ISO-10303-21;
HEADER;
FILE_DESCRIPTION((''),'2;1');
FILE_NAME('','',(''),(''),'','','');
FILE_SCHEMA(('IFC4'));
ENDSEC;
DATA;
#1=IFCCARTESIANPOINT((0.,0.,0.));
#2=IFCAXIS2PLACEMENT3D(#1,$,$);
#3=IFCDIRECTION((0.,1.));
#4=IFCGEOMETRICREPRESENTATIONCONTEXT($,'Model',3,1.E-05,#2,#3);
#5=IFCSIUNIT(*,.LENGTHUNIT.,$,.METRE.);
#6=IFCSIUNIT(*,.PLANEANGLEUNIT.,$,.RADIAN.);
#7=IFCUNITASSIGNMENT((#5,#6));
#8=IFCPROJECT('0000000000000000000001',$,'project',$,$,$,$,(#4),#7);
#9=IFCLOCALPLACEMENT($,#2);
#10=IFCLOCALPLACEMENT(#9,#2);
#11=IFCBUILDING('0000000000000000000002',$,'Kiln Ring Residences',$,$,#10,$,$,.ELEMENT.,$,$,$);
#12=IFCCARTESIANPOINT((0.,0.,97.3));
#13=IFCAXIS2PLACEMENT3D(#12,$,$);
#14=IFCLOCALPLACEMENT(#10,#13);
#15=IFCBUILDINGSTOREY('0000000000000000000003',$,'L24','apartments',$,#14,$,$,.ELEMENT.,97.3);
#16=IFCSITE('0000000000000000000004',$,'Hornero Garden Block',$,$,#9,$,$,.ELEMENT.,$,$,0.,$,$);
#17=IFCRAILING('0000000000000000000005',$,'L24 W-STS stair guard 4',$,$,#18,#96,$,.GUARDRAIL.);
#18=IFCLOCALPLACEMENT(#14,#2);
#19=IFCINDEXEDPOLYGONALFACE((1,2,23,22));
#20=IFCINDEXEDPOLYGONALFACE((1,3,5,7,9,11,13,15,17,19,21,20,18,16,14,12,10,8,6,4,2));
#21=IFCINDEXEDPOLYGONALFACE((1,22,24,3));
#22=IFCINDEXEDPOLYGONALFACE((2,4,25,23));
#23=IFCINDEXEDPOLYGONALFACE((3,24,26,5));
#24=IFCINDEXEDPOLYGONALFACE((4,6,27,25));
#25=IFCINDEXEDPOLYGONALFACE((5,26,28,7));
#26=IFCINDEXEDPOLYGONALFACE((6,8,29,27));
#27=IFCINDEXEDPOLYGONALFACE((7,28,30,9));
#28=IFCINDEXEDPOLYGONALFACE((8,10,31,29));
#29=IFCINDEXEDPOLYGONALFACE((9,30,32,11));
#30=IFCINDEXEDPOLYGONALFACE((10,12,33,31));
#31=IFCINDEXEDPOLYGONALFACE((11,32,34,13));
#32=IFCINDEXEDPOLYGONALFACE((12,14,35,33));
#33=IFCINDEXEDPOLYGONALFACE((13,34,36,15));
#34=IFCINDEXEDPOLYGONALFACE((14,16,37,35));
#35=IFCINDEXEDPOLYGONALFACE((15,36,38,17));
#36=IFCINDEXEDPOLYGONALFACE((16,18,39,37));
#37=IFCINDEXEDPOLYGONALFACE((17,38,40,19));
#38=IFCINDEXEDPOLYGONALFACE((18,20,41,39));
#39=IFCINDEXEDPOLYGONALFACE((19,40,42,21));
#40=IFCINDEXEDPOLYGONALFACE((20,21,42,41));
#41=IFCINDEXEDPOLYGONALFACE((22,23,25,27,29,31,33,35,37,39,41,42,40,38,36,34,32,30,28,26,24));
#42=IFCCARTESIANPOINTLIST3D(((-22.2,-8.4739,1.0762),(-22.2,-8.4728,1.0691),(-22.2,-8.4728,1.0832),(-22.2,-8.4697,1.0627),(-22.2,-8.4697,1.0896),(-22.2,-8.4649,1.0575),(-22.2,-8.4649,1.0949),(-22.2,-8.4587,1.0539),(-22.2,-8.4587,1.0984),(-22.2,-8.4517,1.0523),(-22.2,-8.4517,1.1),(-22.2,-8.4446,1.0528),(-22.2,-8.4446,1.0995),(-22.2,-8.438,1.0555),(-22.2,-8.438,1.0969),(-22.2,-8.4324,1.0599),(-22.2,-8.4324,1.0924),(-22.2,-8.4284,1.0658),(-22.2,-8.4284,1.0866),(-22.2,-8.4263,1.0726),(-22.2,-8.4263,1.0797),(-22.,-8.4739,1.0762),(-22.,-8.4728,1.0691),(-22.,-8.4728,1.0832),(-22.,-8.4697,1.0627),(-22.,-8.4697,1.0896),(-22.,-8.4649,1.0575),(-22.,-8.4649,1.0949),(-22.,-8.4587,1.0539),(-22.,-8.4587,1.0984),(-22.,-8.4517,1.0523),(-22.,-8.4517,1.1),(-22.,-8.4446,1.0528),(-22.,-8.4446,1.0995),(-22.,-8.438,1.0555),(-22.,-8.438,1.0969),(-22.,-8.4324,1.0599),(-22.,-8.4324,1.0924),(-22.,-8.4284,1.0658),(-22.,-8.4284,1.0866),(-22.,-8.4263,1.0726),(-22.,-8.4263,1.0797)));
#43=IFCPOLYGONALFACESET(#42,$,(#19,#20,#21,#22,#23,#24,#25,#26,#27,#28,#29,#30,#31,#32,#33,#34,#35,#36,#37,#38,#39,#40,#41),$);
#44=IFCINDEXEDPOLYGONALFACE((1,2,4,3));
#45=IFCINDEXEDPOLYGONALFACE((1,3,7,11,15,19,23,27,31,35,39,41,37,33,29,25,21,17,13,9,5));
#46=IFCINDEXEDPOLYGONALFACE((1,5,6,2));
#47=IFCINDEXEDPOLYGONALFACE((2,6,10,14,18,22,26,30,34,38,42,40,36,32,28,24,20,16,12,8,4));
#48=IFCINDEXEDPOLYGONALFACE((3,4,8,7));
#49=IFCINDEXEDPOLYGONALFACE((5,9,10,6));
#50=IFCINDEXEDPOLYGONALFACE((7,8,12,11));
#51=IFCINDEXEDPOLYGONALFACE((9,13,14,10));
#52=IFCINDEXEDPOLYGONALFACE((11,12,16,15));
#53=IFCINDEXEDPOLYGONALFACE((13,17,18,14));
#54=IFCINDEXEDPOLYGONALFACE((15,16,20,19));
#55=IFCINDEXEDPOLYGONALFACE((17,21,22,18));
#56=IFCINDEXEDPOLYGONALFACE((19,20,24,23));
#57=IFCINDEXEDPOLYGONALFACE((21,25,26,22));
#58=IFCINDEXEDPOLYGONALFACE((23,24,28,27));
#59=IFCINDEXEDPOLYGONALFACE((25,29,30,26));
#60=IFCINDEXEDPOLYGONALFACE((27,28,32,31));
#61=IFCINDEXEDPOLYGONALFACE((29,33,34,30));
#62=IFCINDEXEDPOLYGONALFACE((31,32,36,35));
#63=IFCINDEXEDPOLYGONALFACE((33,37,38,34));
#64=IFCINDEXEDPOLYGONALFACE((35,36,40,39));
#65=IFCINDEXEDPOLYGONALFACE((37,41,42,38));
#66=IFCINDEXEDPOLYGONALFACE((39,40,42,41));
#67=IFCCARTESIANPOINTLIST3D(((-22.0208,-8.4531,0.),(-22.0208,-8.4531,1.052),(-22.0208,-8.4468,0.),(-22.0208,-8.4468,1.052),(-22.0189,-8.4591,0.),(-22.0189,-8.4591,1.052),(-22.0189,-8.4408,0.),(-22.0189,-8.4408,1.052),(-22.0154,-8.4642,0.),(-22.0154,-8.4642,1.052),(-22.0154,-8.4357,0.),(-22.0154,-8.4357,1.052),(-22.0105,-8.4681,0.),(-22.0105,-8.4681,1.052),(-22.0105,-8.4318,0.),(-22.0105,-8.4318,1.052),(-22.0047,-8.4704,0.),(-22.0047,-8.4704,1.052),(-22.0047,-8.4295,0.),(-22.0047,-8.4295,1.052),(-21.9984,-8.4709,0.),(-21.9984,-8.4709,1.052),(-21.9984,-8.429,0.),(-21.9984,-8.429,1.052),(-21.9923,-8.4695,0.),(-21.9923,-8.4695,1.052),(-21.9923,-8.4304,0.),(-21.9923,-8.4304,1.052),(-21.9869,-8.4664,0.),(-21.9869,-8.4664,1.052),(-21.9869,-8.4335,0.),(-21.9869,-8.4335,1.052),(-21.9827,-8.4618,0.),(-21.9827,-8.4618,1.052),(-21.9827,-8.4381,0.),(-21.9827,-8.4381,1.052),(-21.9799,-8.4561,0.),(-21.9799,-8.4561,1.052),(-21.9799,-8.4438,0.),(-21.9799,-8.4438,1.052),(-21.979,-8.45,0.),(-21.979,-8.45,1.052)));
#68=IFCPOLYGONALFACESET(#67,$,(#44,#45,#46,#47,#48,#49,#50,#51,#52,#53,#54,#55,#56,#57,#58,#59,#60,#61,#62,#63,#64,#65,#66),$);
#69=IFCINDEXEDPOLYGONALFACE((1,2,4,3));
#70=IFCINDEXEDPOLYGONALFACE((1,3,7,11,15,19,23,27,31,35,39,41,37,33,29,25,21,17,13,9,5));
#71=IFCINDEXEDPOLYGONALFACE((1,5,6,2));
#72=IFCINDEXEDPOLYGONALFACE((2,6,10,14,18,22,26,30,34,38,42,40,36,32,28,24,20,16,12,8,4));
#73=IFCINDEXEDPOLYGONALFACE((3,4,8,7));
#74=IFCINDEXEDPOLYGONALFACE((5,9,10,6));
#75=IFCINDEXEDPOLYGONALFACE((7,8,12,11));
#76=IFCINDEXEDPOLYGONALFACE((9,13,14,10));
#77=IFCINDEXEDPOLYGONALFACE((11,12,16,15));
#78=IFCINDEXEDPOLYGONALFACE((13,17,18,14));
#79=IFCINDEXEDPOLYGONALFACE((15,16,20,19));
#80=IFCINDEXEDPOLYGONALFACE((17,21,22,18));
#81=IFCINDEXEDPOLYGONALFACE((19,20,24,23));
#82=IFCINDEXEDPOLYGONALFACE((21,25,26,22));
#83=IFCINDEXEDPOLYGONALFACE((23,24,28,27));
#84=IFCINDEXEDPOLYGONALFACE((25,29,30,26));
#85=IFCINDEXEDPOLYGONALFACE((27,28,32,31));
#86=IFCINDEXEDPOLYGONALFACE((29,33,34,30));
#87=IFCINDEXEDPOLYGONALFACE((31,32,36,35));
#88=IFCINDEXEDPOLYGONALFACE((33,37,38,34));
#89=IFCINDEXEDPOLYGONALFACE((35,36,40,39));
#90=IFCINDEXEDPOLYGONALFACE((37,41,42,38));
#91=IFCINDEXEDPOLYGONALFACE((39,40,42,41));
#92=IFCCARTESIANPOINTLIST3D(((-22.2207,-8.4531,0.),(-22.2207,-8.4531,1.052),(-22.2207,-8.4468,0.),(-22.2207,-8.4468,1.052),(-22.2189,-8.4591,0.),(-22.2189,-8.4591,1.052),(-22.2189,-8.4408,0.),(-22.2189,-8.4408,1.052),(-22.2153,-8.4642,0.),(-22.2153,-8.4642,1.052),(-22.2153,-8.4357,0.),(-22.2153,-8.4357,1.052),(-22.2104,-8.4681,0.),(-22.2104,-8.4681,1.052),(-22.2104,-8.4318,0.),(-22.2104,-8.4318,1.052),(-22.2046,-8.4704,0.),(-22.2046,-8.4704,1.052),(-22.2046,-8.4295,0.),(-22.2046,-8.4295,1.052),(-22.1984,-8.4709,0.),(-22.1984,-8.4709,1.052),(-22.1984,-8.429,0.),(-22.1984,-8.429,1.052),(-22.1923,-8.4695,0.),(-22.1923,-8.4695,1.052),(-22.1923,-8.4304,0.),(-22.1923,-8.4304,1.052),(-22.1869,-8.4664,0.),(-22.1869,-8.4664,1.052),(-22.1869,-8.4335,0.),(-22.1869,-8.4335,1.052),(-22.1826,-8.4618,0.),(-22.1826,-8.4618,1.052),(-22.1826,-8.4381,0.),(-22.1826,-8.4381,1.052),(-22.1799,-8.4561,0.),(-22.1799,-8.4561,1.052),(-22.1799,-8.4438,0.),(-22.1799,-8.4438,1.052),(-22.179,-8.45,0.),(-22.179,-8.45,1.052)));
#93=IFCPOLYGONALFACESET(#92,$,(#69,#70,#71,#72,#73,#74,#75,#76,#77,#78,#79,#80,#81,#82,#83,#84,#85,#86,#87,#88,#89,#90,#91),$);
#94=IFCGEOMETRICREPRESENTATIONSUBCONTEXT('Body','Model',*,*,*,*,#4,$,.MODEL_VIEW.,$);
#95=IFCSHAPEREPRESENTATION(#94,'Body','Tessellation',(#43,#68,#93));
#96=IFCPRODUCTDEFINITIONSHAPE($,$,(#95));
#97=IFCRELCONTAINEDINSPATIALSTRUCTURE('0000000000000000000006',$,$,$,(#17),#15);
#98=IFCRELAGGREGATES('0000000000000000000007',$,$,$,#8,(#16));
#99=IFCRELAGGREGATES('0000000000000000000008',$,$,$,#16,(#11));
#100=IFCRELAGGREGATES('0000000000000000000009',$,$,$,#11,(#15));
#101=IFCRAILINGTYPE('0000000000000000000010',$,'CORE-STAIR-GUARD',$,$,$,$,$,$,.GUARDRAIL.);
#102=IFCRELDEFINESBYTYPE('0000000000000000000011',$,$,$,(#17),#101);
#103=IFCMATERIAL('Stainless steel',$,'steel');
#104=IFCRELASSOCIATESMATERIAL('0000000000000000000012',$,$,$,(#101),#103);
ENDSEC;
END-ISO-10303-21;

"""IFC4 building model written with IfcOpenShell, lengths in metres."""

from ifc_helpers import new_model, si_unit, direction, frame, origin, origin_2d, place, context, subcontext, project, spatial, circle, extrude, material, type_object, element, save


model = new_model("IFC4")

# Units and contexts
model_context = context("Model", 3, precision=1e-05, world=origin(), true_north=direction((0.0, 1.0)))
body_context = subcontext(model_context, "Body", "Model", "MODEL_VIEW")
ifc_project = project(units=[si_unit("LENGTHUNIT", "METRE"), si_unit("PLANEANGLEUNIT", "RADIAN")], contexts=[model_context])

# Site, building, storey
site_placement = place(None, origin())
site = spatial("IfcSite", under=ifc_project, at=site_placement, Name="Hornero Garden Block", CompositionType="ELEMENT", RefElevation=0.0)
building_placement = place(site_placement, origin())
building = spatial("IfcBuilding", under=site, at=building_placement, Name="Kiln Ring Residences", CompositionType="ELEMENT")
storey_placement = place(building_placement, frame((0.0, 0.0, 97.3)))
storey = spatial("IfcBuildingStorey", under=building, at=storey_placement, Name="L24", Description="apartments", CompositionType="ELEMENT", Elevation=97.3)

# Railing
ifc_material_1 = material(Name="Stainless steel", Category="steel")
railing_type_1 = type_object("IfcRailingType", Name="CORE-STAIR-GUARD", PredefinedType="GUARDRAIL", material=ifc_material_1)
railing_1_placement = place(storey_placement, frame((-22.0, -8.45, 0.0)))
element("IfcRailing", 1, at=railing_1_placement, inside=storey, type_object=railing_type_1, Name="L24 W-STS stair guard 4", PredefinedType="GUARDRAIL", context=body_context, shape_type="SweptSolid", body=[
    extrude(circle(Radius=0.0239, at=origin_2d()), frame((0.0, 0.0, 1.0762), z_axis=(-1.0, 0.0, 0.0), x_axis=(0.0, -1.0, 0.0)), (0.0, 0.0, 1.0), 0.2),
    extrude(circle(Radius=0.021, at=origin_2d()), origin(), (0.0, 0.0, 1.0), 1.052),
    extrude(circle(Radius=0.021, at=origin_2d()), frame((-0.2, 0.0, 0.0)), (0.0, 0.0, 1.0), 1.052),
])

save(model, "model.ifc")
